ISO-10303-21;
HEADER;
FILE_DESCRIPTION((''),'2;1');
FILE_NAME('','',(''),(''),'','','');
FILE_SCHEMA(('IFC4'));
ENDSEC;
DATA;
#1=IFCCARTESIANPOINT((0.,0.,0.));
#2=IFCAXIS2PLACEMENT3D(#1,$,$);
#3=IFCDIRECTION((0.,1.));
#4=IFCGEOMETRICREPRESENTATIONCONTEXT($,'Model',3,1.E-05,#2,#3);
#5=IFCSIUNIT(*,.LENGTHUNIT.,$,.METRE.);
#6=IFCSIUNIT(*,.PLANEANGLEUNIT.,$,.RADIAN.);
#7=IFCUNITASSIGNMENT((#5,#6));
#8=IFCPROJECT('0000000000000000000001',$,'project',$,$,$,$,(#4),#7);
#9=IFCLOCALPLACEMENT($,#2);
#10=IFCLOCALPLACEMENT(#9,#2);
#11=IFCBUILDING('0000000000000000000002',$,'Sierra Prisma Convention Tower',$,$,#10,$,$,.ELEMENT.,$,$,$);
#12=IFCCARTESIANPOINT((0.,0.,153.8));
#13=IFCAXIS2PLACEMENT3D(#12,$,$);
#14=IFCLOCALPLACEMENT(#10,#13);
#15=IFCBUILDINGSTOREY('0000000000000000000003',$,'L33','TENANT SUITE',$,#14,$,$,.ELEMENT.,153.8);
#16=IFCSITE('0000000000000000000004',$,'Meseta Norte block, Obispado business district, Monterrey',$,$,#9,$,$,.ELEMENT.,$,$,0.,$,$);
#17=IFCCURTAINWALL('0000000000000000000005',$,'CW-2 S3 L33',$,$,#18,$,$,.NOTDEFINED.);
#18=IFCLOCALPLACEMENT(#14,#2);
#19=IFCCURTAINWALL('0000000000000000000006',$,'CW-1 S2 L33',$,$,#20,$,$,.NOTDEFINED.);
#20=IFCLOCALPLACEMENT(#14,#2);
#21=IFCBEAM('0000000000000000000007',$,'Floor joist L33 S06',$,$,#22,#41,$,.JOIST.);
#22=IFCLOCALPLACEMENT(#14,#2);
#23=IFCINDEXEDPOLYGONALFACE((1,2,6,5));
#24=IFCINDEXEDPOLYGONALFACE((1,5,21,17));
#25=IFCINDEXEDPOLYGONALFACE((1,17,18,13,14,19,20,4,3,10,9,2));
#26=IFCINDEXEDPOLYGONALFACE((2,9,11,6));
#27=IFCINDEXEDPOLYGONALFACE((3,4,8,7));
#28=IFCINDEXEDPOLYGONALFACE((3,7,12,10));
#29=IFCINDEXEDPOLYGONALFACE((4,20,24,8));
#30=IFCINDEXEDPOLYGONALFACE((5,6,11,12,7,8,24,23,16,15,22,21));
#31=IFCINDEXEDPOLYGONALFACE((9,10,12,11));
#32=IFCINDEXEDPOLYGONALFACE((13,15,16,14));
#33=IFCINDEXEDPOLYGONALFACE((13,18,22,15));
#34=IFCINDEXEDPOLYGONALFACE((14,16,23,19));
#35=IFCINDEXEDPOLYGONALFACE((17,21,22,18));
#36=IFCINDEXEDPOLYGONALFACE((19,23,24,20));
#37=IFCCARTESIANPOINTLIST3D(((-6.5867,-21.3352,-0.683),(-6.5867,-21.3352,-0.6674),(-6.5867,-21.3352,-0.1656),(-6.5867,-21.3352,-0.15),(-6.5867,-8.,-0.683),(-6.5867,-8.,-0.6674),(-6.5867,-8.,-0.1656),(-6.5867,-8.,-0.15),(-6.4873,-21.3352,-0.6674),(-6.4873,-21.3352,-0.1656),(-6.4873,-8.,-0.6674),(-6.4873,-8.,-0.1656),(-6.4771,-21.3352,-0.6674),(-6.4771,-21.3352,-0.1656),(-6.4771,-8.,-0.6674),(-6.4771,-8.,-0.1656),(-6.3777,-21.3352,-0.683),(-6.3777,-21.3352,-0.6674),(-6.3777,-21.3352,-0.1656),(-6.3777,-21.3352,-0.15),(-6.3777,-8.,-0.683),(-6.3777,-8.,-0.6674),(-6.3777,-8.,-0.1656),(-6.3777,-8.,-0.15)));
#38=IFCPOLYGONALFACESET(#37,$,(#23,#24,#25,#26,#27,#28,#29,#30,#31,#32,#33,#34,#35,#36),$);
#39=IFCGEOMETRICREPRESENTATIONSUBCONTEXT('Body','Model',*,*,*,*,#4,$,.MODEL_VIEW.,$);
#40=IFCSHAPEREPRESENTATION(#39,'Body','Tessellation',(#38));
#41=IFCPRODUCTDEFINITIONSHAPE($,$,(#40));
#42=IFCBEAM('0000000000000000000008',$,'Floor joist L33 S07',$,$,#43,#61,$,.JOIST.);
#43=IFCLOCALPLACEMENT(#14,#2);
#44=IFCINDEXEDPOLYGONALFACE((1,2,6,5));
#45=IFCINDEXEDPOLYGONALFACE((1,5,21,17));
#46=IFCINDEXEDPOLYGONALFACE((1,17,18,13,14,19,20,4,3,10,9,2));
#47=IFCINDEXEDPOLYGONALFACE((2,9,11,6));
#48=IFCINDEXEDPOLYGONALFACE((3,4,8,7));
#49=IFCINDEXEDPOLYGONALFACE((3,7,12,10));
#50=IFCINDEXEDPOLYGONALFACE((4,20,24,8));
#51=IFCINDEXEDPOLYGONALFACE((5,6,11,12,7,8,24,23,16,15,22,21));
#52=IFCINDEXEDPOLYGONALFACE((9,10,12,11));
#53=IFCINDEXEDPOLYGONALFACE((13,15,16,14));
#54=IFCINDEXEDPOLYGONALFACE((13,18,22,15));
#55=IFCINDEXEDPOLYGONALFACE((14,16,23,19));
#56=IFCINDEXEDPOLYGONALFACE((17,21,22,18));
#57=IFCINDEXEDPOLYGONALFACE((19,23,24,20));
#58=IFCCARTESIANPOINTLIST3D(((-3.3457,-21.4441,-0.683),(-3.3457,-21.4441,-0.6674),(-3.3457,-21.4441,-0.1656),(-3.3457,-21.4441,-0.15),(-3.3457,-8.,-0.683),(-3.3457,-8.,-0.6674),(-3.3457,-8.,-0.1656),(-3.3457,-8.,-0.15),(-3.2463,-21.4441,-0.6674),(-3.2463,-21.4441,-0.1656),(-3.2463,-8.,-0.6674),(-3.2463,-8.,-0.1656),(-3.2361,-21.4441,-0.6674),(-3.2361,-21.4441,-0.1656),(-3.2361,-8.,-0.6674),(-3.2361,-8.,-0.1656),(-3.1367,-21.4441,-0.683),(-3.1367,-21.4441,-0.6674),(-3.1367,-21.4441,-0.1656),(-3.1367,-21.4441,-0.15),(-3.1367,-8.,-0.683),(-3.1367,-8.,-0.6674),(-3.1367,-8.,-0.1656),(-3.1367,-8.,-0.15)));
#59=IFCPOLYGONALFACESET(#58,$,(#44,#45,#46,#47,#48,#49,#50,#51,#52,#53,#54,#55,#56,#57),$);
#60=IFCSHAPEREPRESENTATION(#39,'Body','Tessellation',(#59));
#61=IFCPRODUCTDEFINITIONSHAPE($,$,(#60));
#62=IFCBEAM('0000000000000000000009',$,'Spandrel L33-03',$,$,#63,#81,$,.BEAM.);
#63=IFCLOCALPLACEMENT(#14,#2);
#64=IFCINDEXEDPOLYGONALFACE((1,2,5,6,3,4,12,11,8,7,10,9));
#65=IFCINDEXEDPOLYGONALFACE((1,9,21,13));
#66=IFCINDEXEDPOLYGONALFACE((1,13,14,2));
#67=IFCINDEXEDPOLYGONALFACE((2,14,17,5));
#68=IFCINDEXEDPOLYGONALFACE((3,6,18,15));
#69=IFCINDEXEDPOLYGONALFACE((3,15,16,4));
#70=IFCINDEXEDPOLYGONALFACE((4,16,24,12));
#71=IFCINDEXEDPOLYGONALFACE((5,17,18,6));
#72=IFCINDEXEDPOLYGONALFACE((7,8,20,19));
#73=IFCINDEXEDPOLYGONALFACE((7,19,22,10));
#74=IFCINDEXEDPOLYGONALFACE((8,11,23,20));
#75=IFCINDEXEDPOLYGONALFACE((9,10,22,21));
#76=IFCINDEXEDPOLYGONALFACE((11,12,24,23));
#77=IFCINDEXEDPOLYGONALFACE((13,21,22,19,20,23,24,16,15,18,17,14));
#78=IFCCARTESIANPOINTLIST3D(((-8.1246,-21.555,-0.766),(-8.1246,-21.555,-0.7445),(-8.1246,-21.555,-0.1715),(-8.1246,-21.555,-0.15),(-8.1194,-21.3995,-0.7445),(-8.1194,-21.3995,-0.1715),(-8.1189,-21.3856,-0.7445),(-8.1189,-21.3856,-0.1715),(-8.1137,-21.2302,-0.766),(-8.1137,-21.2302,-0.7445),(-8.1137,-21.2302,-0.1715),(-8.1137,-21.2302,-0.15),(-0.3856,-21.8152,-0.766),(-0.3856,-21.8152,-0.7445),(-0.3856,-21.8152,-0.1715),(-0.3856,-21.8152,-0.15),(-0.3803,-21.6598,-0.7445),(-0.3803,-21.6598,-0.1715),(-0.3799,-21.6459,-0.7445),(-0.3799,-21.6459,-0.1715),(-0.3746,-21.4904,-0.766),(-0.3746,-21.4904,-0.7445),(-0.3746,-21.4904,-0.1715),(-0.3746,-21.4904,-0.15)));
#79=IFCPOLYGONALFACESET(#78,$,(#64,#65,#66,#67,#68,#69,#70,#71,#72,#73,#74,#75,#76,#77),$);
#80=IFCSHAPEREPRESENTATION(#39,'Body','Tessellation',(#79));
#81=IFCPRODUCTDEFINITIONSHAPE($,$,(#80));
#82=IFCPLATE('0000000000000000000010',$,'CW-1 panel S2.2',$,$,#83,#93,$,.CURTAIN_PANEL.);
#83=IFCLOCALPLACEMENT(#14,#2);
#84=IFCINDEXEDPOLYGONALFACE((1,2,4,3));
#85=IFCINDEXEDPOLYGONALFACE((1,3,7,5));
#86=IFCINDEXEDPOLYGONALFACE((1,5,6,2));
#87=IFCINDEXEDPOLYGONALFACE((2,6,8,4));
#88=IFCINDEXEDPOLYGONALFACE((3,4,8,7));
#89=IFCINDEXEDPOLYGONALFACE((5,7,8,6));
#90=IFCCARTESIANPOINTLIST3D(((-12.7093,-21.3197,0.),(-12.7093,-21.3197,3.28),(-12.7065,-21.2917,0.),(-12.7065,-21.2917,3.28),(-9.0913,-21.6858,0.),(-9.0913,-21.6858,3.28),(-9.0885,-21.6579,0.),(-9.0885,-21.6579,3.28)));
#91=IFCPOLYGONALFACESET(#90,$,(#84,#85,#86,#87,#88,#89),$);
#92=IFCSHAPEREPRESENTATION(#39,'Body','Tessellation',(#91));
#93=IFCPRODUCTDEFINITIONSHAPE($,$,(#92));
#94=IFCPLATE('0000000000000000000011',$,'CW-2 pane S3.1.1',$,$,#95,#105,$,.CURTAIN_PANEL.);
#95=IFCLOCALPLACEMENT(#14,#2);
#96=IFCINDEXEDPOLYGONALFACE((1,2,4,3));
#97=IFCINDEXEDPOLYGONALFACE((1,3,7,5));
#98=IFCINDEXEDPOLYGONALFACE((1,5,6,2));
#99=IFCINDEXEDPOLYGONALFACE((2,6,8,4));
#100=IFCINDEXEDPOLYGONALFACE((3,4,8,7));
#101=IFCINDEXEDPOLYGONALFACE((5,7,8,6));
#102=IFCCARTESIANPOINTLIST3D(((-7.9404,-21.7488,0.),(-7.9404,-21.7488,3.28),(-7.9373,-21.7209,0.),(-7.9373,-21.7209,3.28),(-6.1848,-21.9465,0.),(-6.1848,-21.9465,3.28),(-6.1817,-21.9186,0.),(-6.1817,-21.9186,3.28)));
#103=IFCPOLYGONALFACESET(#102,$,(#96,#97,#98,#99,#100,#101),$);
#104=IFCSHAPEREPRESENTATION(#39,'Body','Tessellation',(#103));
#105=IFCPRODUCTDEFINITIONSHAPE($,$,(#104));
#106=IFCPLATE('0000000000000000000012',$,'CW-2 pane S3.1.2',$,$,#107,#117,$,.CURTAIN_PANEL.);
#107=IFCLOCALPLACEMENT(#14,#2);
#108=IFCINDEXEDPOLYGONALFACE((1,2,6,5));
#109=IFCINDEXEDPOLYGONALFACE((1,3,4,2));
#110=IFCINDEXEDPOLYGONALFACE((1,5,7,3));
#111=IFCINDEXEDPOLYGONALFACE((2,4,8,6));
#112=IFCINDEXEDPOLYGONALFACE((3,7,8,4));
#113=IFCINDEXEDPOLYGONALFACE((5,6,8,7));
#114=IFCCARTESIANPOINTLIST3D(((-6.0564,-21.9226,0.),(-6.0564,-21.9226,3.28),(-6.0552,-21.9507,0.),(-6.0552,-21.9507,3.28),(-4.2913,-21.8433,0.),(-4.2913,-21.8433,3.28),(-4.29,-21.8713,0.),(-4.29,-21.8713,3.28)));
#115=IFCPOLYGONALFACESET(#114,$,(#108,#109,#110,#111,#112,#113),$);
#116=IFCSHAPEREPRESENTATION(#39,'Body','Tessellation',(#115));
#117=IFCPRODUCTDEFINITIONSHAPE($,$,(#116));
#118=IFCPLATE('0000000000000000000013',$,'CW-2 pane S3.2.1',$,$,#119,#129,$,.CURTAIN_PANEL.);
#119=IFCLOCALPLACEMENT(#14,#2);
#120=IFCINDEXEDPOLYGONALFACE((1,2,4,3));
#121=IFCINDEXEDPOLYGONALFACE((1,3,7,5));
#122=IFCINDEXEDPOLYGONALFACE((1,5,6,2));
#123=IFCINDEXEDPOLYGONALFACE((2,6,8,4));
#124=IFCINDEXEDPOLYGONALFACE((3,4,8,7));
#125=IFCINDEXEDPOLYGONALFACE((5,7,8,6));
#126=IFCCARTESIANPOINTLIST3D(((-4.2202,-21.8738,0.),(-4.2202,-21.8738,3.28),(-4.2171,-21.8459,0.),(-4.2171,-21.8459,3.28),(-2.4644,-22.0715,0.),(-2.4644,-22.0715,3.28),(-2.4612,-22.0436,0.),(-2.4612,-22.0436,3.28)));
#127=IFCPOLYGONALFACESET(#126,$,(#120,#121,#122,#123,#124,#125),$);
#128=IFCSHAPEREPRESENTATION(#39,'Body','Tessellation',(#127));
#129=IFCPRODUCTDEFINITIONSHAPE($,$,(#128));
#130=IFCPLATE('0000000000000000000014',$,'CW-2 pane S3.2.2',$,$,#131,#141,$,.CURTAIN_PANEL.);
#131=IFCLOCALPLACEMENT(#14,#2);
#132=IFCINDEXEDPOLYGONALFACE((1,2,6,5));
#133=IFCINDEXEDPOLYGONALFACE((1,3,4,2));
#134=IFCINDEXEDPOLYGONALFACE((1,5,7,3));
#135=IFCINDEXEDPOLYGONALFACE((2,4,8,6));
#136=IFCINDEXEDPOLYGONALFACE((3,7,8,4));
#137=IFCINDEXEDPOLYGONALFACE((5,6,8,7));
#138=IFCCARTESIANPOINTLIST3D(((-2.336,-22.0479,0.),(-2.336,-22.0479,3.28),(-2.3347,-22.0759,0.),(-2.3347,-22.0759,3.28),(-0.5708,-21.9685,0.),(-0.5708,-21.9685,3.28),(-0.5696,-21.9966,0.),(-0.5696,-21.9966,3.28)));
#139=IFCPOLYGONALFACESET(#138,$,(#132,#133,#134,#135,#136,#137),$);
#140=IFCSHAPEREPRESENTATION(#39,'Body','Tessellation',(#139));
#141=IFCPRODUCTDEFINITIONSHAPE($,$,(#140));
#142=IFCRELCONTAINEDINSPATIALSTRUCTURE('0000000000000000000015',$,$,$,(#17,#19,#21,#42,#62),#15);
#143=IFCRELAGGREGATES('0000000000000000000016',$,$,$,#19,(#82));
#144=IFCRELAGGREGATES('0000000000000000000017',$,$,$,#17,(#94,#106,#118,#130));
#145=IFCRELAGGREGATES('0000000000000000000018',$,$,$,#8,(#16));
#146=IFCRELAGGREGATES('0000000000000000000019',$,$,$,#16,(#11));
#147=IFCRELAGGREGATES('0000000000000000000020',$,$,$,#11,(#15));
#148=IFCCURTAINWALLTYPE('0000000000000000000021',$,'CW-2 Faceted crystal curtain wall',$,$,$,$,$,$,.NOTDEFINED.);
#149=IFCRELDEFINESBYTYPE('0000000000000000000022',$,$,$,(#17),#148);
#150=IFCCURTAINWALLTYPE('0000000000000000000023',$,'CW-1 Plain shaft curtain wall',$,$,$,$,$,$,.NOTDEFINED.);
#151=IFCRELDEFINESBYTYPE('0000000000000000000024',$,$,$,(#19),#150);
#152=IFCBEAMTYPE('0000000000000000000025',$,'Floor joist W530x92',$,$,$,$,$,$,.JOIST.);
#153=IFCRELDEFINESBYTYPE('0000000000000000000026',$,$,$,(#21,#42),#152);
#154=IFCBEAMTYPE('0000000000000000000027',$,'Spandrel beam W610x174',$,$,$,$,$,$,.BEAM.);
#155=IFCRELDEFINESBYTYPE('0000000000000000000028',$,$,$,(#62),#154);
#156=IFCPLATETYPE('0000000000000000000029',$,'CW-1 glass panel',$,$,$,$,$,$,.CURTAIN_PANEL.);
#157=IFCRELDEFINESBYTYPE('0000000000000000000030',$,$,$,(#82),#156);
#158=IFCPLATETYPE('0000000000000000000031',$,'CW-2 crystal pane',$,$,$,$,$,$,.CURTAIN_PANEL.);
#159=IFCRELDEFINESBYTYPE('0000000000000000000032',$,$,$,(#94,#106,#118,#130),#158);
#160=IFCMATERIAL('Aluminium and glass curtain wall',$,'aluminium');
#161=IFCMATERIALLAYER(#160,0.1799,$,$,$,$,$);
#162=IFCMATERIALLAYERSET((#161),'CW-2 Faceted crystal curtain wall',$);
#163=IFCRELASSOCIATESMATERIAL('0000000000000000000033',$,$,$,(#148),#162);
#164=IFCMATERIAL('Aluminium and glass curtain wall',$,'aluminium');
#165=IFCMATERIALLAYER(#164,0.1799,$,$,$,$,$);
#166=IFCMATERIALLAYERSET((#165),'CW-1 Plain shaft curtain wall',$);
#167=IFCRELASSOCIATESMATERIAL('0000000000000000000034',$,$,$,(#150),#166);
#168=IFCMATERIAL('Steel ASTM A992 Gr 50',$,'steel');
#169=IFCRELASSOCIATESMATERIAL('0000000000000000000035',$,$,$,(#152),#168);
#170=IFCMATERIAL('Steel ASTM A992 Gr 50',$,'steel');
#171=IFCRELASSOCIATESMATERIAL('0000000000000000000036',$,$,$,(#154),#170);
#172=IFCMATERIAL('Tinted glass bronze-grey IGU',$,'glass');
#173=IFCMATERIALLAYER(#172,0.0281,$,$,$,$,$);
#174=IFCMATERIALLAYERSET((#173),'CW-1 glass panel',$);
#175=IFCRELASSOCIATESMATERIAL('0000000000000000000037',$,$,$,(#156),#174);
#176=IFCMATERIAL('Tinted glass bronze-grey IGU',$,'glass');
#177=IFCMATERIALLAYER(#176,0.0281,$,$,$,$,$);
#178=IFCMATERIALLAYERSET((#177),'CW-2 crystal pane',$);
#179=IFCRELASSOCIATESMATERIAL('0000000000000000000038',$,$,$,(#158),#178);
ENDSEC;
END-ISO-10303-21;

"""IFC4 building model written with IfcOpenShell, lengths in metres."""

from ifc_helpers import new_model, si_unit, direction, frame, origin, origin_2d, place, context, subcontext, project, spatial, polyline, rectangle, i_section, outline, extrude, material, layer, layer_set, material_profile, profile_set, type_object, element, aggregate, save


model = new_model("IFC4")

# Units and contexts
model_context = context("Model", 3, precision=1e-05, world=origin(), true_north=direction((0.0, 1.0)))
body_context = subcontext(model_context, "Body", "Model", "MODEL_VIEW")
ifc_project = project(units=[si_unit("LENGTHUNIT", "METRE"), si_unit("PLANEANGLEUNIT", "RADIAN")], contexts=[model_context])

# Site, building, storey
site_placement = place(None, origin())
site = spatial("IfcSite", under=ifc_project, at=site_placement, Name="Meseta Norte block, Obispado business district, Monterrey", CompositionType="ELEMENT", RefElevation=0.0)
building_placement = place(site_placement, origin())
building = spatial("IfcBuilding", under=site, at=building_placement, Name="Sierra Prisma Convention Tower", CompositionType="ELEMENT")
storey_placement = place(building_placement, frame((0.0, 0.0, 153.8)))
storey = spatial("IfcBuildingStorey", under=building, at=storey_placement, Name="L33", Description="TENANT SUITE", CompositionType="ELEMENT", Elevation=153.8)

# Curtain wall
ifc_material_1 = material(Name="Aluminium and glass curtain wall", Category="aluminium")
ifc_layer_1 = layer(ifc_material_1, 0.1799)
ifc_layer_set_1 = layer_set([ifc_layer_1], Name="CW-2 Faceted crystal curtain wall")
curtain_wall_type_1 = type_object("IfcCurtainWallType", Name="CW-2 Faceted crystal curtain wall", PredefinedType="NOTDEFINED", material=ifc_layer_set_1)
curtain_wall_1_placement = place(storey_placement, origin())
curtain_wall_1 = element("IfcCurtainWall", 1, at=curtain_wall_1_placement, inside=storey, type_object=curtain_wall_type_1, Name="CW-2 S3 L33", PredefinedType="NOTDEFINED")

# Curtain wall
ifc_material_2 = material(Name="Aluminium and glass curtain wall", Category="aluminium")
ifc_layer_2 = layer(ifc_material_2, 0.1799)
ifc_layer_set_2 = layer_set([ifc_layer_2], Name="CW-1 Plain shaft curtain wall")
curtain_wall_type_2 = type_object("IfcCurtainWallType", Name="CW-1 Plain shaft curtain wall", PredefinedType="NOTDEFINED", material=ifc_layer_set_2)
curtain_wall_2_placement = place(storey_placement, origin())
curtain_wall_2 = element("IfcCurtainWall", 2, at=curtain_wall_2_placement, inside=storey, type_object=curtain_wall_type_2, Name="CW-1 S2 L33", PredefinedType="NOTDEFINED")

# Beams
ifc_material_3 = material(Name="Steel ASTM A992 Gr 50", Category="steel")
ifc_material_profile_1 = material_profile(ifc_material_3, i_section(OverallWidth=0.209, OverallDepth=0.533, WebThickness=0.0103, FlangeThickness=0.0156, at=origin_2d()), Name="W530x92")
ifc_profile_set_1 = profile_set([ifc_material_profile_1], Name="Steel ASTM A992 Gr 50")
beam_type_1 = type_object("IfcBeamType", Name="Floor joist W530x92", PredefinedType="JOIST", material=ifc_profile_set_1)
beam_1_placement = place(storey_placement, frame((-6.4822, -21.3352, -0.4165), z_axis=(0.0, 1.0, 0.0), x_axis=(-1.0, 0.0, 0.0)))
element("IfcBeam", 3, at=beam_1_placement, inside=storey, type_object=beam_type_1, Name="Floor joist L33 S06", PredefinedType="JOIST", context=body_context, shape_type="SweptSolid", body=[
    extrude(i_section(OverallWidth=0.209, OverallDepth=0.533, WebThickness=0.0103, FlangeThickness=0.0156, at=origin_2d()), origin(), (0.0, 0.0, 1.0), 13.3352),
])
beam_2_placement = place(storey_placement, frame((-3.2412, -21.4441, -0.4165), z_axis=(0.0, 1.0, 0.0), x_axis=(-1.0, 0.0, 0.0)))
element("IfcBeam", 4, at=beam_2_placement, inside=storey, type_object=beam_type_1, Name="Floor joist L33 S07", PredefinedType="JOIST", context=body_context, shape_type="SweptSolid", body=[
    extrude(i_section(OverallWidth=0.209, OverallDepth=0.533, WebThickness=0.0103, FlangeThickness=0.0156, at=origin_2d()), origin(), (0.0, 0.0, 1.0), 13.4441),
])
ifc_material_4 = material(Name="Steel ASTM A992 Gr 50", Category="steel")
ifc_material_profile_2 = material_profile(ifc_material_4, i_section(OverallWidth=0.325, OverallDepth=0.616, WebThickness=0.0139, FlangeThickness=0.0215, at=origin_2d()), Name="W610x174")
ifc_profile_set_2 = profile_set([ifc_material_profile_2], Name="Steel ASTM A992 Gr 50")
beam_type_2 = type_object("IfcBeamType", Name="Spandrel beam W610x174", PredefinedType="BEAM", material=ifc_profile_set_2)
beam_3_placement = place(storey_placement, frame((-8.1191, -21.3926, -0.458), z_axis=(0.999435, -0.03361, 0.0), x_axis=(0.03361, 0.999435, 0.0)))
element("IfcBeam", 5, at=beam_3_placement, inside=storey, type_object=beam_type_2, Name="Spandrel L33-03", PredefinedType="BEAM", context=body_context, shape_type="SweptSolid", body=[
    extrude(i_section(OverallWidth=0.325, OverallDepth=0.616, WebThickness=0.0139, FlangeThickness=0.0215, at=origin_2d()), origin(), (0.0, 0.0, 1.0), 7.7434),
])

# Plates
ifc_material_5 = material(Name="Tinted glass bronze-grey IGU", Category="glass")
ifc_layer_3 = layer(ifc_material_5, 0.0281)
ifc_layer_set_3 = layer_set([ifc_layer_3], Name="CW-1 glass panel")
plate_type_1 = type_object("IfcPlateType", Name="CW-1 glass panel", PredefinedType="CURTAIN_PANEL", material=ifc_layer_set_3)
plate_1_placement = place(storey_placement, frame((-10.8989, -21.4888, 0.0), z_axis=(0.0, 0.0, 1.0), x_axis=(0.994919, -0.100676, 0.0)))
plate_1 = element("IfcPlate", 6, at=plate_1_placement, type_object=plate_type_1, Name="CW-1 panel S2.2", PredefinedType="CURTAIN_PANEL", context=body_context, shape_type="SweptSolid", body=[
    extrude(rectangle(XDim=3.6365, YDim=0.0281, at=origin_2d()), origin(), (0.0, 0.0, 1.0), 3.28),
])
aggregate(curtain_wall_2, [plate_1])
ifc_material_6 = material(Name="Tinted glass bronze-grey IGU", Category="glass")
ifc_layer_4 = layer(ifc_material_6, 0.0281)
ifc_layer_set_4 = layer_set([ifc_layer_4], Name="CW-2 crystal pane")
plate_type_2 = type_object("IfcPlateType", Name="CW-2 crystal pane", PredefinedType="CURTAIN_PANEL", material=ifc_layer_set_4)
plate_2_placement = place(storey_placement, frame((-7.9404, -21.7488, 0.0), z_axis=(-0.111933, -0.993716, 0.0), x_axis=(0.993716, -0.111933, 0.0)))
plate_2 = element("IfcPlate", 7, at=plate_2_placement, type_object=plate_type_2, Name="CW-2 pane S3.1.1", PredefinedType="CURTAIN_PANEL", context=body_context, shape_type="SweptSolid", body=[
    extrude(outline(polyline([(0.0, 0.0), (1.7667, 0.0), (1.7667, 3.28), (0.0, 3.28), (0.0, 0.0)])), origin(), (0.0, 0.0, -1.0), 0.0281),
])
plate_3_placement = place(storey_placement, frame((-4.29, -21.8713, 0.0), z_axis=(0.044906, -0.998991, 0.0), x_axis=(-0.998991, -0.044906, 0.0)))
plate_3 = element("IfcPlate", 8, at=plate_3_placement, type_object=plate_type_2, Name="CW-2 pane S3.1.2", PredefinedType="CURTAIN_PANEL", context=body_context, shape_type="SweptSolid", body=[
    extrude(outline(polyline([(0.0, 0.0), (1.7669, 0.0), (1.7669, -3.28), (0.0, -3.28), (0.0, 0.0)])), origin(), (0.0, 0.0, -1.0), 0.0281),
])
plate_4_placement = place(storey_placement, frame((-4.2202, -21.8738, 0.0), z_axis=(-0.111918, -0.993717, 0.0), x_axis=(0.993717, -0.111918, 0.0)))
plate_4 = element("IfcPlate", 9, at=plate_4_placement, type_object=plate_type_2, Name="CW-2 pane S3.2.1", PredefinedType="CURTAIN_PANEL", context=body_context, shape_type="SweptSolid", body=[
    extrude(outline(polyline([(0.0, 0.0), (1.767, 0.0), (1.767, 3.28), (0.0, 3.28), (0.0, 0.0)])), origin(), (0.0, 0.0, -1.0), 0.0281),
])
plate_5_placement = place(storey_placement, frame((-0.5696, -21.9966, 0.0), z_axis=(0.044906, -0.998991, 0.0), x_axis=(-0.998991, -0.044906, 0.0)))
plate_5 = element("IfcPlate", 10, at=plate_5_placement, type_object=plate_type_2, Name="CW-2 pane S3.2.2", PredefinedType="CURTAIN_PANEL", context=body_context, shape_type="SweptSolid", body=[
    extrude(outline(polyline([(0.0, 0.0), (1.7669, 0.0), (1.7669, -3.28), (0.0, -3.28), (0.0, 0.0)])), origin(), (0.0, 0.0, -1.0), 0.0281),
])
aggregate(curtain_wall_1, [plate_2, plate_3, plate_4, plate_5])

save(model, "model.ifc")
